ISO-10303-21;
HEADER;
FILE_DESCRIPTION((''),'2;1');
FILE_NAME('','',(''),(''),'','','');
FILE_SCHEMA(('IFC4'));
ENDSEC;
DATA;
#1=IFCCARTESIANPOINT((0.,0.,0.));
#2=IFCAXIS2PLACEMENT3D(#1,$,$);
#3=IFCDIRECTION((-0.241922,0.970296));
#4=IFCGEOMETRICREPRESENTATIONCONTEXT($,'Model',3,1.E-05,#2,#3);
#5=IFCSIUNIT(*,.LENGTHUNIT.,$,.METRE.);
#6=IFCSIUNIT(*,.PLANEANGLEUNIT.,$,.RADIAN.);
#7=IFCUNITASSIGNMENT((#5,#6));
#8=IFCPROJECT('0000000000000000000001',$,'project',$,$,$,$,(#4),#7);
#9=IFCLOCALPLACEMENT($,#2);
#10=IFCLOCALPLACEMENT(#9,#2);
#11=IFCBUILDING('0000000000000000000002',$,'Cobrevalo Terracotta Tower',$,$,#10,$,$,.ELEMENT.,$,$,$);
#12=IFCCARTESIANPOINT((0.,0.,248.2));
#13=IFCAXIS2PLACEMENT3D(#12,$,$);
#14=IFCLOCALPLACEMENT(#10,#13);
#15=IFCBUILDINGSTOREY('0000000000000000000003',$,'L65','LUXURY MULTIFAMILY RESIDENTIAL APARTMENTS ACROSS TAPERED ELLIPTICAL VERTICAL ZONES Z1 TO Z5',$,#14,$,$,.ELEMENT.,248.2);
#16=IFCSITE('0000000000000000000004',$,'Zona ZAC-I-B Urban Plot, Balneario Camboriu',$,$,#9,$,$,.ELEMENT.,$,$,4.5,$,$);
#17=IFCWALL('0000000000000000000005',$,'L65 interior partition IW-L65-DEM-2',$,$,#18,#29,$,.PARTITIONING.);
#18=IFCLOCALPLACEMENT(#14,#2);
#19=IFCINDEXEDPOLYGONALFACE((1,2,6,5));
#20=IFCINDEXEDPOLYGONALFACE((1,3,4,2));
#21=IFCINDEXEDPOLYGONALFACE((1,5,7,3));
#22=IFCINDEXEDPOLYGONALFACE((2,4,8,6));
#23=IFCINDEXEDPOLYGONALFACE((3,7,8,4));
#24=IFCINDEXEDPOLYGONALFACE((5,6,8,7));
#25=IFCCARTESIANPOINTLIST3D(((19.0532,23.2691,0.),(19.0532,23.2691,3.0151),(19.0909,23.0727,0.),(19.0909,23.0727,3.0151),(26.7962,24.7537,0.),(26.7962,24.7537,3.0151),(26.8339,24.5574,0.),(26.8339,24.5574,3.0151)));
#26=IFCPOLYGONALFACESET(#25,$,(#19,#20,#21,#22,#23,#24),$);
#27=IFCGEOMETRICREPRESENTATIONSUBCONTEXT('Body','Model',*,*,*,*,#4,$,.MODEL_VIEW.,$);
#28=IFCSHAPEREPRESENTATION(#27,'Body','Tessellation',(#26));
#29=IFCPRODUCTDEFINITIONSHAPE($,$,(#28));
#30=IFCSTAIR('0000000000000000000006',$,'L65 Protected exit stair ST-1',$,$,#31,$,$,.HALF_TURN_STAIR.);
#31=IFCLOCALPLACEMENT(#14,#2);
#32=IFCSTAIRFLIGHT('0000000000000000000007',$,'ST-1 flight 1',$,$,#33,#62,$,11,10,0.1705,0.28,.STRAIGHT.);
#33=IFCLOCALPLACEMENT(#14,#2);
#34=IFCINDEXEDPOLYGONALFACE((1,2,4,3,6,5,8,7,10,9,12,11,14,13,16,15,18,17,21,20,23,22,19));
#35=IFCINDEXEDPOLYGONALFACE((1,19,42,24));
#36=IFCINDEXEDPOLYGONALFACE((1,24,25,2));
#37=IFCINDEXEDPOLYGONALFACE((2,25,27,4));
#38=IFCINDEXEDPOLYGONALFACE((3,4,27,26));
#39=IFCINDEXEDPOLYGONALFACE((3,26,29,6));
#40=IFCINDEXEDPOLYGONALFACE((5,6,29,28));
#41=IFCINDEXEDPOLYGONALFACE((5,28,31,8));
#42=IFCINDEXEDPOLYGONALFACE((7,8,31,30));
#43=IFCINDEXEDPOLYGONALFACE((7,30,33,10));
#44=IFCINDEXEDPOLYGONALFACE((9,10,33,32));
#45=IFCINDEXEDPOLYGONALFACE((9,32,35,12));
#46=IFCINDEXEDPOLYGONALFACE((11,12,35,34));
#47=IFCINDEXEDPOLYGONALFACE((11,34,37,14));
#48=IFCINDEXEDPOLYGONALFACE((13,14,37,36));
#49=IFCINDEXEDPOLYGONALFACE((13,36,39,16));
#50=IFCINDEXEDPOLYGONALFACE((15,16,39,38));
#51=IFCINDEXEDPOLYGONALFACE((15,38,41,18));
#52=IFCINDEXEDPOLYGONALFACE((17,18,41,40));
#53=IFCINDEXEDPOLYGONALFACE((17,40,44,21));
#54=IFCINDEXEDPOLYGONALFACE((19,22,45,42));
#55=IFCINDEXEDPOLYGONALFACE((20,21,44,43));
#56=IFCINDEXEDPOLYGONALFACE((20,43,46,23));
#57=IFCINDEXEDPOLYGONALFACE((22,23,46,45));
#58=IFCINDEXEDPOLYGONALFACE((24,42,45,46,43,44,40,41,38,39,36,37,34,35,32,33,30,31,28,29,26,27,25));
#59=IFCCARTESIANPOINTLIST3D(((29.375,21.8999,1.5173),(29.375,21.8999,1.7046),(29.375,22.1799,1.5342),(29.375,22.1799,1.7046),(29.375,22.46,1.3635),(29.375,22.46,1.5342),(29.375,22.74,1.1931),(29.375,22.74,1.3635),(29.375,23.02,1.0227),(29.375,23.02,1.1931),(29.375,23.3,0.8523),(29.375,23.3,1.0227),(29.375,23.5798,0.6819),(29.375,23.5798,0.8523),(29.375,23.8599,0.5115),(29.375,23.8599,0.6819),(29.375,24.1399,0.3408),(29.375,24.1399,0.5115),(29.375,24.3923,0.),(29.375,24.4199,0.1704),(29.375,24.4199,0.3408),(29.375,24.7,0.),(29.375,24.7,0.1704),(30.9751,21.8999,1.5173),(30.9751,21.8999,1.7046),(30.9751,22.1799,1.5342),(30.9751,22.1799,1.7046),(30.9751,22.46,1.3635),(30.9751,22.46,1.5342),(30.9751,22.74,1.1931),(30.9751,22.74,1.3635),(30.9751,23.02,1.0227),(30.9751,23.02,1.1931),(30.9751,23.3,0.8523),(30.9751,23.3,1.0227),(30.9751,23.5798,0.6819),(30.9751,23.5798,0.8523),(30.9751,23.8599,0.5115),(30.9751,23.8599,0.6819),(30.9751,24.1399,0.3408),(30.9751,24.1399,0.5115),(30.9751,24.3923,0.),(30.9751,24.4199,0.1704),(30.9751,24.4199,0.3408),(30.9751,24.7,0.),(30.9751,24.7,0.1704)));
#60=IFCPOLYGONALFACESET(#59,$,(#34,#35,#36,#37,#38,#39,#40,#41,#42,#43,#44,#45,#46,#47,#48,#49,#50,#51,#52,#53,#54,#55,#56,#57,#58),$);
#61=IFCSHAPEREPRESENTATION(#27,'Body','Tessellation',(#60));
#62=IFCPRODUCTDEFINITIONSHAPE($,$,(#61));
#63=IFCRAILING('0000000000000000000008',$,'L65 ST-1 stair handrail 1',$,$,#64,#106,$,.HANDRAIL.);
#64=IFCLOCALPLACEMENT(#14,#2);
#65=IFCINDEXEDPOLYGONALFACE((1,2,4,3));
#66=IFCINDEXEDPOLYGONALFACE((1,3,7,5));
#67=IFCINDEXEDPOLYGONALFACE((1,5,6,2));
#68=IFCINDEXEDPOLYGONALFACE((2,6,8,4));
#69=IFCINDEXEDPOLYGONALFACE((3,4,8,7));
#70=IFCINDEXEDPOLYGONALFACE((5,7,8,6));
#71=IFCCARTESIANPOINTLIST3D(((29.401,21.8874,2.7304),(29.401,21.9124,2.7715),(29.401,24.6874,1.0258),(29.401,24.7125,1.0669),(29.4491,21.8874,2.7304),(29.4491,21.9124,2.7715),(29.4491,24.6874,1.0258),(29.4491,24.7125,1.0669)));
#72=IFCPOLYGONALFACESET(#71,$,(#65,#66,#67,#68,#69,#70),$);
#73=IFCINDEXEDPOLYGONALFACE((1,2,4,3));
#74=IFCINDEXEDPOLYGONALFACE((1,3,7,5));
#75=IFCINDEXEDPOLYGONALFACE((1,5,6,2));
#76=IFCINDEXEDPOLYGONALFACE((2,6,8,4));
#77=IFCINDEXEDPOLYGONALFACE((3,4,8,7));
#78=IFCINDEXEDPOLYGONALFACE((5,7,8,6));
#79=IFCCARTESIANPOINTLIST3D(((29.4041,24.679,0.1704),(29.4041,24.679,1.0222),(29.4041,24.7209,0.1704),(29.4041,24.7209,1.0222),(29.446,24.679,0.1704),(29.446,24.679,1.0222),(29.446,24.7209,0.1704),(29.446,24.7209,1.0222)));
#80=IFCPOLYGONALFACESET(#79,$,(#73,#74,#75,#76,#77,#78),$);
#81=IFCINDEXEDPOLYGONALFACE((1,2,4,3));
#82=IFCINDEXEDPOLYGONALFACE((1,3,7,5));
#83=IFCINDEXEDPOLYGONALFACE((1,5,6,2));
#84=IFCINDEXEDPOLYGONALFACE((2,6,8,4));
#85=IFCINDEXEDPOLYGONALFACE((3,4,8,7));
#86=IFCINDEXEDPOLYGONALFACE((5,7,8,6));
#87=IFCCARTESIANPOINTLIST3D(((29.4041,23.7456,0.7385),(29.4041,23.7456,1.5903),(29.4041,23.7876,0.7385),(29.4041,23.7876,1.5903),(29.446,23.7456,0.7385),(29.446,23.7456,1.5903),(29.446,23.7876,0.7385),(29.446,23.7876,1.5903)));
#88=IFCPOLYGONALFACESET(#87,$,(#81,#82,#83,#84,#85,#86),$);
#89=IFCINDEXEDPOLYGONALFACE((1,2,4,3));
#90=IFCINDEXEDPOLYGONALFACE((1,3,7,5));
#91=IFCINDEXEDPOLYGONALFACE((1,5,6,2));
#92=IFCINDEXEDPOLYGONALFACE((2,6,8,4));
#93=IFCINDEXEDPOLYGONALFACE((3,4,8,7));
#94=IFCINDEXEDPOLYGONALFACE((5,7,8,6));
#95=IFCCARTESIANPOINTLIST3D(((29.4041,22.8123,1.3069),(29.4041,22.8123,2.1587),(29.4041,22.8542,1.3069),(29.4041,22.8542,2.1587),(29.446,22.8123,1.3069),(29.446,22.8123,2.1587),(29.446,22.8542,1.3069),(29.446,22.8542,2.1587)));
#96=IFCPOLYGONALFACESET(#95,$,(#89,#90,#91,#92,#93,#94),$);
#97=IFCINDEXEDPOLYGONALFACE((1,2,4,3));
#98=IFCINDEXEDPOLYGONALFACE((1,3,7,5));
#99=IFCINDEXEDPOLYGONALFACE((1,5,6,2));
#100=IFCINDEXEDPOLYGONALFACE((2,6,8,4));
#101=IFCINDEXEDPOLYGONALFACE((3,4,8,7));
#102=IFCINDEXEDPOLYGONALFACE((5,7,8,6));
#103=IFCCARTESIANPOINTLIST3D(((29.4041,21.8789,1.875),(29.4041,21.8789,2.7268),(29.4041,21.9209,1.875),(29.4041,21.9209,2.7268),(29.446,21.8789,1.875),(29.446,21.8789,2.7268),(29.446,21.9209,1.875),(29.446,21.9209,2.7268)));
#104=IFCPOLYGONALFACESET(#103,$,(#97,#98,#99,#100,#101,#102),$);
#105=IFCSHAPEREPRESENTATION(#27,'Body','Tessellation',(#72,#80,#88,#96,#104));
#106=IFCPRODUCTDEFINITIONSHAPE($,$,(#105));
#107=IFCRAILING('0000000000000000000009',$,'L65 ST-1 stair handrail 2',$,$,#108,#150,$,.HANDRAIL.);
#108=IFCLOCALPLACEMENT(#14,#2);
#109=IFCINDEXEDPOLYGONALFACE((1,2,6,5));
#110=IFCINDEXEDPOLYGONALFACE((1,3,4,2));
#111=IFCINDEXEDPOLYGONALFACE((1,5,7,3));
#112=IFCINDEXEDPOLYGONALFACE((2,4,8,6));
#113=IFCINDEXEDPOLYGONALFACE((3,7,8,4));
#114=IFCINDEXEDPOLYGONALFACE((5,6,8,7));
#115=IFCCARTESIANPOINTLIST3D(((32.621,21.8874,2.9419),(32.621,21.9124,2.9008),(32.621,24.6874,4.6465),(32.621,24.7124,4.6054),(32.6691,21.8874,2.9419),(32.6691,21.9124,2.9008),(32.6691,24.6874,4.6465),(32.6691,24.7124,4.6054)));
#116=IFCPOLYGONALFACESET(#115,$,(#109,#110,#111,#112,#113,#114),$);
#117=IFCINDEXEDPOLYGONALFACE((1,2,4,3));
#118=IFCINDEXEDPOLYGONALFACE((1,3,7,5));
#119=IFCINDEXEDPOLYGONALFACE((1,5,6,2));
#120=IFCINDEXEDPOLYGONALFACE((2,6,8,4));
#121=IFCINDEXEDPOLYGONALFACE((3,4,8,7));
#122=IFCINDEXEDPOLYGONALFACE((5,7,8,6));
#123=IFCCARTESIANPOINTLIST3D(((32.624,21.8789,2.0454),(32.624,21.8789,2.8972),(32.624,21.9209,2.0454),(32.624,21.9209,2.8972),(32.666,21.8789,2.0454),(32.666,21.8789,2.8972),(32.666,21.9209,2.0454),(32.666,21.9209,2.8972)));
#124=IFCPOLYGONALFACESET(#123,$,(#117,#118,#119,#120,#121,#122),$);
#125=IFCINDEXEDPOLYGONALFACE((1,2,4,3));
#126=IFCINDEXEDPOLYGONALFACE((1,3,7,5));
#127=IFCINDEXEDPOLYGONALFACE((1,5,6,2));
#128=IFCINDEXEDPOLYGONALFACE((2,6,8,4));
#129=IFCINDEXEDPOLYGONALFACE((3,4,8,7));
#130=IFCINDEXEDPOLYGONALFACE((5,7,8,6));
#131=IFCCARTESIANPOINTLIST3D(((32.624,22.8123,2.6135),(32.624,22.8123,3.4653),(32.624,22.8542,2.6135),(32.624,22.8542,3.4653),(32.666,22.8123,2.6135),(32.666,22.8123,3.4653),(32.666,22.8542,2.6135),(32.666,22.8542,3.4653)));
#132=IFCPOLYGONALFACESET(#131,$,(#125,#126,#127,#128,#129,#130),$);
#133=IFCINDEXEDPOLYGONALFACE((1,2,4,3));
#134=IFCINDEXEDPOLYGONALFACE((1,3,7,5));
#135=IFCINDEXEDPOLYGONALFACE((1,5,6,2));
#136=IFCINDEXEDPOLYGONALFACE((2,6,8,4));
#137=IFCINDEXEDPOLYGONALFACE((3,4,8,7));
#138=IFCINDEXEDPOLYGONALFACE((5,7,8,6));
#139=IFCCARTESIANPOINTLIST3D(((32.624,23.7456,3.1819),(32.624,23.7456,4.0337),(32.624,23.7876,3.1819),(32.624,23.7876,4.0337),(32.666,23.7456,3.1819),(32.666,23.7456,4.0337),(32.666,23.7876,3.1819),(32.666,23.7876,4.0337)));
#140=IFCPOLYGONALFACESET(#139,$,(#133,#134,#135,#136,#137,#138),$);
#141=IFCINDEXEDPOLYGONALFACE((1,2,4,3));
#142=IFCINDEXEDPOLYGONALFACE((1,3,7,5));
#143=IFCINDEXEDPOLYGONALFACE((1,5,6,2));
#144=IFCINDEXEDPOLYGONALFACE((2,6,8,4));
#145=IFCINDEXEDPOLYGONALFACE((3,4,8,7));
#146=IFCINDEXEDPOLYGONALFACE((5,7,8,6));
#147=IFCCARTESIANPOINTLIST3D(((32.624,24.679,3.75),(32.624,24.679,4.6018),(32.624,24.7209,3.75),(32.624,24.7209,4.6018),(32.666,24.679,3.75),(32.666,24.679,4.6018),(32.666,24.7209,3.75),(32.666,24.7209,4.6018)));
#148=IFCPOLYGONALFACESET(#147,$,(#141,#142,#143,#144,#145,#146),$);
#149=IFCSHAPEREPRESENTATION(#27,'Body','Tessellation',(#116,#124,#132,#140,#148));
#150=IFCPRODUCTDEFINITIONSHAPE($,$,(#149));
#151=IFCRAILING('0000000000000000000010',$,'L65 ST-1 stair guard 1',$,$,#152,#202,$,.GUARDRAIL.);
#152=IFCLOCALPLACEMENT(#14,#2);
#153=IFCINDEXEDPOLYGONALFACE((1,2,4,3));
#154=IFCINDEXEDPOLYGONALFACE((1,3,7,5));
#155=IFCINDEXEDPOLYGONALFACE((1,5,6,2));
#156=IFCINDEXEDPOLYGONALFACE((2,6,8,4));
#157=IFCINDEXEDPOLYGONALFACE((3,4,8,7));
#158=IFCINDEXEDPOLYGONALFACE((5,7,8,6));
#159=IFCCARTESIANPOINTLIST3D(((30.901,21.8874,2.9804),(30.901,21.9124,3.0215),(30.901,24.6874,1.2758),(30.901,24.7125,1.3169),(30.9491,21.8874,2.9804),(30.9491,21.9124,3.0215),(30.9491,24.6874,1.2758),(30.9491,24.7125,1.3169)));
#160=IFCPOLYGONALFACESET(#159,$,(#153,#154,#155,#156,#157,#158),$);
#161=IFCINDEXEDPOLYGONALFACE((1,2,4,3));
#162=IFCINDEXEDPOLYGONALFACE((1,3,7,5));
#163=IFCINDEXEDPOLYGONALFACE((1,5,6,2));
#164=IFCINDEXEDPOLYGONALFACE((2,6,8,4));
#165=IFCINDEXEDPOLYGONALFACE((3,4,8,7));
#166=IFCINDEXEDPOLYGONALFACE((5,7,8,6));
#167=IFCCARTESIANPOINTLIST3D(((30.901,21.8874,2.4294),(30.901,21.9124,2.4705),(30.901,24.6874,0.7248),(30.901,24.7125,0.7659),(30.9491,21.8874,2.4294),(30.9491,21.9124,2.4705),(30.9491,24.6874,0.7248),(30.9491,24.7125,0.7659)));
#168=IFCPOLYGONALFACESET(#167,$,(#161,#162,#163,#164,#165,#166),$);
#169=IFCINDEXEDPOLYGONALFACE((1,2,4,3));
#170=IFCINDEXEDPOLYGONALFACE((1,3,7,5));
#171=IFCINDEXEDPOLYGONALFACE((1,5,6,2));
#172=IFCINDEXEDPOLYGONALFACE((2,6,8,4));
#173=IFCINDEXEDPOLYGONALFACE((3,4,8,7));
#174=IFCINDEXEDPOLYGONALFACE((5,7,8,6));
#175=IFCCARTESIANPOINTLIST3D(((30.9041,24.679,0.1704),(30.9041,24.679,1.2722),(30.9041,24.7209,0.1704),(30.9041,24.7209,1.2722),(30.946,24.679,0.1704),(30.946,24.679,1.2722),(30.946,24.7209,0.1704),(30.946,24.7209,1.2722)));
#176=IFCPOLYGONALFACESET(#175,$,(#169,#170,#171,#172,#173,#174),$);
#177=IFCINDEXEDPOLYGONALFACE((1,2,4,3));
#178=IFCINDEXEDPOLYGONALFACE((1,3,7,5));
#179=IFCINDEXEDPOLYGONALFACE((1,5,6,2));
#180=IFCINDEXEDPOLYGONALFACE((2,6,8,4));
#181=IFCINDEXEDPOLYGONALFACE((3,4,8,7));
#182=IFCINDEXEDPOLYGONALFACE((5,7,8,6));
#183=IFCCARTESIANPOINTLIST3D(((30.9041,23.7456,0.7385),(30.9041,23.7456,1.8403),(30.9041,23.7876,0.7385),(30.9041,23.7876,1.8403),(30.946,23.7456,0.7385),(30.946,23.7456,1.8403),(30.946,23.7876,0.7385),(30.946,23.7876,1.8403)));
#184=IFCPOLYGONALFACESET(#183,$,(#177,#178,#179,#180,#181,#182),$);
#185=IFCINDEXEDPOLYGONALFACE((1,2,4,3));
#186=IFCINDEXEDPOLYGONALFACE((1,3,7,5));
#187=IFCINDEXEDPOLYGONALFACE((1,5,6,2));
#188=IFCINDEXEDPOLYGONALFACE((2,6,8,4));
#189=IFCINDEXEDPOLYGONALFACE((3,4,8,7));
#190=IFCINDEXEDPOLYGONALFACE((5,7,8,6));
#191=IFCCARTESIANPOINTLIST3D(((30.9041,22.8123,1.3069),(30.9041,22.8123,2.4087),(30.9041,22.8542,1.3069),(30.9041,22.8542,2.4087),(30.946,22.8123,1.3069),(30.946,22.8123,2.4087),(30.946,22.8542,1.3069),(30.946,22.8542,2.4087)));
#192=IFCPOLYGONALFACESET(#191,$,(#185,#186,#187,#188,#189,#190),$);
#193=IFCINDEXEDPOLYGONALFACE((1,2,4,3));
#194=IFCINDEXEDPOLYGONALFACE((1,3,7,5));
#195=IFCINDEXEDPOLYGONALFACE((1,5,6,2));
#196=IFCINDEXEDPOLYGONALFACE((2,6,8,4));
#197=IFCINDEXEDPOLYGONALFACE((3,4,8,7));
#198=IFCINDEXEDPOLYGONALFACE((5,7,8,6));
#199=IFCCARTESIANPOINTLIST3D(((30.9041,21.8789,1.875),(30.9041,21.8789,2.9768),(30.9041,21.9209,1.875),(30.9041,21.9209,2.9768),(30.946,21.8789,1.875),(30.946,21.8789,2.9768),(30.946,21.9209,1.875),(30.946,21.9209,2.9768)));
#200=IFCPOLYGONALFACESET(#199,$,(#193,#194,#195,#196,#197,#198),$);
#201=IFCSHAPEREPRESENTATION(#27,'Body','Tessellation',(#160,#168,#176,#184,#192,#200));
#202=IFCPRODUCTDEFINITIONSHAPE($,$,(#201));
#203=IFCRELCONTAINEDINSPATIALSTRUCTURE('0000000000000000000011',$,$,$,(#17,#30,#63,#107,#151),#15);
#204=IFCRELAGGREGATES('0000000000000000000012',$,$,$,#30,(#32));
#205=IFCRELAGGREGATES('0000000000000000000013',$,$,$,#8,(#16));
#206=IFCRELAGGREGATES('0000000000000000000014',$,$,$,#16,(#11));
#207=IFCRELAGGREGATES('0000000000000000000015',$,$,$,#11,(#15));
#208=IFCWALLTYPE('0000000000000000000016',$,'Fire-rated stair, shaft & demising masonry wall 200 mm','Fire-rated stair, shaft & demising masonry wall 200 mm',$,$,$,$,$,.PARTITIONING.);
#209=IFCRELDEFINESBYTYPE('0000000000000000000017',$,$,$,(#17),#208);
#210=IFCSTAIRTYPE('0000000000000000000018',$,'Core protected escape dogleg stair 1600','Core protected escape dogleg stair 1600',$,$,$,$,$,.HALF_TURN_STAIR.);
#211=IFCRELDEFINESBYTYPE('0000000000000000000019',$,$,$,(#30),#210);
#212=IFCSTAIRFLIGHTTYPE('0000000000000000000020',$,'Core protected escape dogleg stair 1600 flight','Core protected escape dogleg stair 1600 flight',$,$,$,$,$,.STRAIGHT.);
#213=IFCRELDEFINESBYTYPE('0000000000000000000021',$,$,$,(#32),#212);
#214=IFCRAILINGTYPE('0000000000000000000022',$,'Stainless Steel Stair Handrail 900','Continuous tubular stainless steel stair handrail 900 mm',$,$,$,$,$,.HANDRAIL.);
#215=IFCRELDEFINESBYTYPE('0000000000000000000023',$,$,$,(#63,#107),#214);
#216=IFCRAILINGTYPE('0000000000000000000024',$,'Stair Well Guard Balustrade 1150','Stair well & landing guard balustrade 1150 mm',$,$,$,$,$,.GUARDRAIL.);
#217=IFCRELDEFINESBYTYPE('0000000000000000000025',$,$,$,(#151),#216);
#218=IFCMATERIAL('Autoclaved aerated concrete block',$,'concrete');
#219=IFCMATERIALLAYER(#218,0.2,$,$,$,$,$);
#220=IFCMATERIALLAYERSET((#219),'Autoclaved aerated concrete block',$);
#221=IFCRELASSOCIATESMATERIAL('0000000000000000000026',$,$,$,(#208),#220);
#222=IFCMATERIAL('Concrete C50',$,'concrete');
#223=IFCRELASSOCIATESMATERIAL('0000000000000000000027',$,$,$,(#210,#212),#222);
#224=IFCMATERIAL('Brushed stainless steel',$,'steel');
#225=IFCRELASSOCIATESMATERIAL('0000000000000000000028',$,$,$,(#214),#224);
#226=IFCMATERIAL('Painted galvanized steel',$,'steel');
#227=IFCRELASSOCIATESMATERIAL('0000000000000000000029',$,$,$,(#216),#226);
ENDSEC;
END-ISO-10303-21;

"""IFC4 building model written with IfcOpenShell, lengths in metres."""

from ifc_helpers import new_model, si_unit, direction, frame, frame_2d, origin, origin_2d, place, context, subcontext, project, spatial, polyline, rectangle, outline, extrude, material, layer, layer_set, type_object, element, aggregate, save


model = new_model("IFC4")

# Units and contexts
model_context = context("Model", 3, precision=1e-05, world=origin(), true_north=direction((-0.241922, 0.970296)))
body_context = subcontext(model_context, "Body", "Model", "MODEL_VIEW")
ifc_project = project(units=[si_unit("LENGTHUNIT", "METRE"), si_unit("PLANEANGLEUNIT", "RADIAN")], contexts=[model_context])

# Site, building, storey
site_placement = place(None, origin())
site = spatial("IfcSite", under=ifc_project, at=site_placement, Name="Zona ZAC-I-B Urban Plot, Balneario Camboriu", CompositionType="ELEMENT", RefElevation=4.5)
building_placement = place(site_placement, origin())
building = spatial("IfcBuilding", under=site, at=building_placement, Name="Cobrevalo Terracotta Tower", CompositionType="ELEMENT")
storey_placement = place(building_placement, frame((0.0, 0.0, 248.2)))
storey = spatial("IfcBuildingStorey", under=building, at=storey_placement, Name="L65", Description="LUXURY MULTIFAMILY RESIDENTIAL APARTMENTS ACROSS TAPERED ELLIPTICAL VERTICAL ZONES Z1 TO Z5", CompositionType="ELEMENT", Elevation=248.2)

# Shared definitions
ifc_material_1 = material(Name="Brushed stainless steel", Category="steel")

# Wall
ifc_material_2 = material(Name="Autoclaved aerated concrete block", Category="concrete")
ifc_layer_1 = layer(ifc_material_2, 0.2)
ifc_layer_set_1 = layer_set([ifc_layer_1], Name="Autoclaved aerated concrete block")
wall_type_1 = type_object("IfcWallType", Name="Fire-rated stair, shaft & demising masonry wall 200 mm", Description="Fire-rated stair, shaft & demising masonry wall 200 mm", PredefinedType="PARTITIONING", material=ifc_layer_set_1)
wall_1_placement = place(storey_placement, frame((26.8149, 24.6555, 0.0), z_axis=(0.0, 0.0, 1.0), x_axis=(-0.98211, -0.188309, 0.0)))
element("IfcWall", 1, at=wall_1_placement, inside=storey, type_object=wall_type_1, Name="L65 interior partition IW-L65-DEM-2", PredefinedType="PARTITIONING", context=body_context, shape_type="SweptSolid", body=[
    extrude(rectangle(XDim=7.884, YDim=0.2, at=frame_2d((3.9419, 0.0))), origin(), (0.0, 0.0, 1.0), 3.0151),
])

# Shared definitions
ifc_material_3 = material(Name="Concrete C50", Category="concrete")

# Stair, stair flight
stair_type = type_object("IfcStairType", Name="Core protected escape dogleg stair 1600", Description="Core protected escape dogleg stair 1600", PredefinedType="HALF_TURN_STAIR", material=ifc_material_3)
stair_placement = place(storey_placement, origin())
stair = element("IfcStair", 2, at=stair_placement, inside=storey, type_object=stair_type, Name="L65 Protected exit stair ST-1", PredefinedType="HALF_TURN_STAIR")
stair_flight_type = type_object("IfcStairFlightType", Name="Core protected escape dogleg stair 1600 flight", Description="Core protected escape dogleg stair 1600 flight", PredefinedType="STRAIGHT", material=ifc_material_3)
stair_flight_placement = place(storey_placement, frame((30.175, 24.7, 0.0), z_axis=(0.0, 0.0, 1.0), x_axis=(0.0, -1.0, 0.0)))
stair_flight = element("IfcStairFlight", 3, at=stair_flight_placement, type_object=stair_flight_type, Name="ST-1 flight 1", NumberOfRisers=11, NumberOfTreads=10, PredefinedType="STRAIGHT", RiserHeight=0.1705, TreadLength=0.28, context=body_context, shape_type="SweptSolid", body=[
    extrude(outline(polyline([(0.0, 0.0), (0.0, 0.1704), (0.28, 0.1704), (0.28, 0.3408), (0.5601, 0.3408), (0.5601, 0.5115), (0.8401, 0.5115), (0.8401, 0.6819), (1.1201, 0.6819), (1.1201, 0.8523), (1.3999, 0.8523), (1.3999, 1.0227), (1.6799, 1.0227), (1.6799, 1.1931), (1.96, 1.1931), (1.96, 1.3635), (2.24, 1.3635), (2.24, 1.5342), (2.52, 1.5342), (2.52, 1.7046), (2.8, 1.7046), (2.8, 1.875), (2.8, 1.5173), (0.3076, 0.0), (0.0, 0.0)])), frame((0.0, 0.8, 0.0), z_axis=(0.0, -1.0, 0.0), x_axis=(1.0, 0.0, 0.0)), (0.0, 0.0, 1.0), 1.6001),
])
aggregate(stair, [stair_flight])

# Railings
railing_type_1 = type_object("IfcRailingType", Name="Stainless Steel Stair Handrail 900", Description="Continuous tubular stainless steel stair handrail 900 mm", PredefinedType="HANDRAIL", material=ifc_material_1)
railing_1_placement = place(storey_placement, frame((29.425, 24.7, 0.1704)))
element("IfcRailing", 4, at=railing_1_placement, inside=storey, type_object=railing_type_1, Name="L65 ST-1 stair handrail 1", PredefinedType="HANDRAIL", context=body_context, shape_type="SweptSolid", body=[
    extrude(rectangle(XDim=0.0481, YDim=0.0481, at=origin_2d()), frame((0.0, 0.0, 0.876), z_axis=(0.0, -0.85417, 0.519994), x_axis=(1.0, 0.0, 0.0)), (0.0, 0.0, 1.0), 3.2781),
    extrude(rectangle(XDim=0.042, YDim=0.042, at=origin_2d()), origin(), (0.0, 0.0, 1.0), 0.8518),
    extrude(rectangle(XDim=0.042, YDim=0.042, at=origin_2d()), frame((0.0, -0.9333, 0.5681)), (0.0, 0.0, 1.0), 0.8518),
    extrude(rectangle(XDim=0.042, YDim=0.042, at=origin_2d()), frame((0.0, -1.8667, 1.1365)), (0.0, 0.0, 1.0), 0.8518),
    extrude(rectangle(XDim=0.042, YDim=0.042, at=origin_2d()), frame((0.0, -2.8, 1.7046)), (0.0, 0.0, 1.0), 0.8518),
])
railing_2_placement = place(storey_placement, frame((32.645, 21.8999, 2.0454)))
element("IfcRailing", 5, at=railing_2_placement, inside=storey, type_object=railing_type_1, Name="L65 ST-1 stair handrail 2", PredefinedType="HANDRAIL", context=body_context, shape_type="SweptSolid", body=[
    extrude(rectangle(XDim=0.0481, YDim=0.0481, at=origin_2d()), frame((0.0, 0.0, 0.876), z_axis=(0.0, 0.85417, 0.519994), x_axis=(-1.0, 0.0, 0.0)), (0.0, 0.0, 1.0), 3.2781),
    extrude(rectangle(XDim=0.042, YDim=0.042, at=origin_2d()), origin(), (0.0, 0.0, 1.0), 0.8518),
    extrude(rectangle(XDim=0.042, YDim=0.042, at=origin_2d()), frame((0.0, 0.9333, 0.5681)), (0.0, 0.0, 1.0), 0.8518),
    extrude(rectangle(XDim=0.042, YDim=0.042, at=origin_2d()), frame((0.0, 1.8667, 1.1365)), (0.0, 0.0, 1.0), 0.8518),
    extrude(rectangle(XDim=0.042, YDim=0.042, at=origin_2d()), frame((0.0, 2.8, 1.7046)), (0.0, 0.0, 1.0), 0.8518),
])
ifc_material_4 = material(Name="Painted galvanized steel", Category="steel")
railing_type_2 = type_object("IfcRailingType", Name="Stair Well Guard Balustrade 1150", Description="Stair well & landing guard balustrade 1150 mm", PredefinedType="GUARDRAIL", material=ifc_material_4)
railing_3_placement = place(storey_placement, frame((30.925, 24.7, 0.1704)))
element("IfcRailing", 6, at=railing_3_placement, inside=storey, type_object=railing_type_2, Name="L65 ST-1 stair guard 1", PredefinedType="GUARDRAIL", context=body_context, shape_type="SweptSolid", body=[
    extrude(rectangle(XDim=0.0481, YDim=0.0481, at=origin_2d()), frame((0.0, 0.0, 1.126), z_axis=(0.0, -0.85417, 0.519994), x_axis=(1.0, 0.0, 0.0)), (0.0, 0.0, 1.0), 3.2781),
    extrude(rectangle(XDim=0.0481, YDim=0.0481, at=origin_2d()), frame((0.0, 0.0, 0.575), z_axis=(0.0, -0.85417, 0.519994), x_axis=(1.0, 0.0, 0.0)), (0.0, 0.0, 1.0), 3.2781),
    extrude(rectangle(XDim=0.042, YDim=0.042, at=origin_2d()), origin(), (0.0, 0.0, 1.0), 1.1018),
    extrude(rectangle(XDim=0.042, YDim=0.042, at=origin_2d()), frame((0.0, -0.9333, 0.5681)), (0.0, 0.0, 1.0), 1.1018),
    extrude(rectangle(XDim=0.042, YDim=0.042, at=origin_2d()), frame((0.0, -1.8667, 1.1365)), (0.0, 0.0, 1.0), 1.1018),
    extrude(rectangle(XDim=0.042, YDim=0.042, at=origin_2d()), frame((0.0, -2.8, 1.7046)), (0.0, 0.0, 1.0), 1.1018),
])

save(model, "model.ifc")
